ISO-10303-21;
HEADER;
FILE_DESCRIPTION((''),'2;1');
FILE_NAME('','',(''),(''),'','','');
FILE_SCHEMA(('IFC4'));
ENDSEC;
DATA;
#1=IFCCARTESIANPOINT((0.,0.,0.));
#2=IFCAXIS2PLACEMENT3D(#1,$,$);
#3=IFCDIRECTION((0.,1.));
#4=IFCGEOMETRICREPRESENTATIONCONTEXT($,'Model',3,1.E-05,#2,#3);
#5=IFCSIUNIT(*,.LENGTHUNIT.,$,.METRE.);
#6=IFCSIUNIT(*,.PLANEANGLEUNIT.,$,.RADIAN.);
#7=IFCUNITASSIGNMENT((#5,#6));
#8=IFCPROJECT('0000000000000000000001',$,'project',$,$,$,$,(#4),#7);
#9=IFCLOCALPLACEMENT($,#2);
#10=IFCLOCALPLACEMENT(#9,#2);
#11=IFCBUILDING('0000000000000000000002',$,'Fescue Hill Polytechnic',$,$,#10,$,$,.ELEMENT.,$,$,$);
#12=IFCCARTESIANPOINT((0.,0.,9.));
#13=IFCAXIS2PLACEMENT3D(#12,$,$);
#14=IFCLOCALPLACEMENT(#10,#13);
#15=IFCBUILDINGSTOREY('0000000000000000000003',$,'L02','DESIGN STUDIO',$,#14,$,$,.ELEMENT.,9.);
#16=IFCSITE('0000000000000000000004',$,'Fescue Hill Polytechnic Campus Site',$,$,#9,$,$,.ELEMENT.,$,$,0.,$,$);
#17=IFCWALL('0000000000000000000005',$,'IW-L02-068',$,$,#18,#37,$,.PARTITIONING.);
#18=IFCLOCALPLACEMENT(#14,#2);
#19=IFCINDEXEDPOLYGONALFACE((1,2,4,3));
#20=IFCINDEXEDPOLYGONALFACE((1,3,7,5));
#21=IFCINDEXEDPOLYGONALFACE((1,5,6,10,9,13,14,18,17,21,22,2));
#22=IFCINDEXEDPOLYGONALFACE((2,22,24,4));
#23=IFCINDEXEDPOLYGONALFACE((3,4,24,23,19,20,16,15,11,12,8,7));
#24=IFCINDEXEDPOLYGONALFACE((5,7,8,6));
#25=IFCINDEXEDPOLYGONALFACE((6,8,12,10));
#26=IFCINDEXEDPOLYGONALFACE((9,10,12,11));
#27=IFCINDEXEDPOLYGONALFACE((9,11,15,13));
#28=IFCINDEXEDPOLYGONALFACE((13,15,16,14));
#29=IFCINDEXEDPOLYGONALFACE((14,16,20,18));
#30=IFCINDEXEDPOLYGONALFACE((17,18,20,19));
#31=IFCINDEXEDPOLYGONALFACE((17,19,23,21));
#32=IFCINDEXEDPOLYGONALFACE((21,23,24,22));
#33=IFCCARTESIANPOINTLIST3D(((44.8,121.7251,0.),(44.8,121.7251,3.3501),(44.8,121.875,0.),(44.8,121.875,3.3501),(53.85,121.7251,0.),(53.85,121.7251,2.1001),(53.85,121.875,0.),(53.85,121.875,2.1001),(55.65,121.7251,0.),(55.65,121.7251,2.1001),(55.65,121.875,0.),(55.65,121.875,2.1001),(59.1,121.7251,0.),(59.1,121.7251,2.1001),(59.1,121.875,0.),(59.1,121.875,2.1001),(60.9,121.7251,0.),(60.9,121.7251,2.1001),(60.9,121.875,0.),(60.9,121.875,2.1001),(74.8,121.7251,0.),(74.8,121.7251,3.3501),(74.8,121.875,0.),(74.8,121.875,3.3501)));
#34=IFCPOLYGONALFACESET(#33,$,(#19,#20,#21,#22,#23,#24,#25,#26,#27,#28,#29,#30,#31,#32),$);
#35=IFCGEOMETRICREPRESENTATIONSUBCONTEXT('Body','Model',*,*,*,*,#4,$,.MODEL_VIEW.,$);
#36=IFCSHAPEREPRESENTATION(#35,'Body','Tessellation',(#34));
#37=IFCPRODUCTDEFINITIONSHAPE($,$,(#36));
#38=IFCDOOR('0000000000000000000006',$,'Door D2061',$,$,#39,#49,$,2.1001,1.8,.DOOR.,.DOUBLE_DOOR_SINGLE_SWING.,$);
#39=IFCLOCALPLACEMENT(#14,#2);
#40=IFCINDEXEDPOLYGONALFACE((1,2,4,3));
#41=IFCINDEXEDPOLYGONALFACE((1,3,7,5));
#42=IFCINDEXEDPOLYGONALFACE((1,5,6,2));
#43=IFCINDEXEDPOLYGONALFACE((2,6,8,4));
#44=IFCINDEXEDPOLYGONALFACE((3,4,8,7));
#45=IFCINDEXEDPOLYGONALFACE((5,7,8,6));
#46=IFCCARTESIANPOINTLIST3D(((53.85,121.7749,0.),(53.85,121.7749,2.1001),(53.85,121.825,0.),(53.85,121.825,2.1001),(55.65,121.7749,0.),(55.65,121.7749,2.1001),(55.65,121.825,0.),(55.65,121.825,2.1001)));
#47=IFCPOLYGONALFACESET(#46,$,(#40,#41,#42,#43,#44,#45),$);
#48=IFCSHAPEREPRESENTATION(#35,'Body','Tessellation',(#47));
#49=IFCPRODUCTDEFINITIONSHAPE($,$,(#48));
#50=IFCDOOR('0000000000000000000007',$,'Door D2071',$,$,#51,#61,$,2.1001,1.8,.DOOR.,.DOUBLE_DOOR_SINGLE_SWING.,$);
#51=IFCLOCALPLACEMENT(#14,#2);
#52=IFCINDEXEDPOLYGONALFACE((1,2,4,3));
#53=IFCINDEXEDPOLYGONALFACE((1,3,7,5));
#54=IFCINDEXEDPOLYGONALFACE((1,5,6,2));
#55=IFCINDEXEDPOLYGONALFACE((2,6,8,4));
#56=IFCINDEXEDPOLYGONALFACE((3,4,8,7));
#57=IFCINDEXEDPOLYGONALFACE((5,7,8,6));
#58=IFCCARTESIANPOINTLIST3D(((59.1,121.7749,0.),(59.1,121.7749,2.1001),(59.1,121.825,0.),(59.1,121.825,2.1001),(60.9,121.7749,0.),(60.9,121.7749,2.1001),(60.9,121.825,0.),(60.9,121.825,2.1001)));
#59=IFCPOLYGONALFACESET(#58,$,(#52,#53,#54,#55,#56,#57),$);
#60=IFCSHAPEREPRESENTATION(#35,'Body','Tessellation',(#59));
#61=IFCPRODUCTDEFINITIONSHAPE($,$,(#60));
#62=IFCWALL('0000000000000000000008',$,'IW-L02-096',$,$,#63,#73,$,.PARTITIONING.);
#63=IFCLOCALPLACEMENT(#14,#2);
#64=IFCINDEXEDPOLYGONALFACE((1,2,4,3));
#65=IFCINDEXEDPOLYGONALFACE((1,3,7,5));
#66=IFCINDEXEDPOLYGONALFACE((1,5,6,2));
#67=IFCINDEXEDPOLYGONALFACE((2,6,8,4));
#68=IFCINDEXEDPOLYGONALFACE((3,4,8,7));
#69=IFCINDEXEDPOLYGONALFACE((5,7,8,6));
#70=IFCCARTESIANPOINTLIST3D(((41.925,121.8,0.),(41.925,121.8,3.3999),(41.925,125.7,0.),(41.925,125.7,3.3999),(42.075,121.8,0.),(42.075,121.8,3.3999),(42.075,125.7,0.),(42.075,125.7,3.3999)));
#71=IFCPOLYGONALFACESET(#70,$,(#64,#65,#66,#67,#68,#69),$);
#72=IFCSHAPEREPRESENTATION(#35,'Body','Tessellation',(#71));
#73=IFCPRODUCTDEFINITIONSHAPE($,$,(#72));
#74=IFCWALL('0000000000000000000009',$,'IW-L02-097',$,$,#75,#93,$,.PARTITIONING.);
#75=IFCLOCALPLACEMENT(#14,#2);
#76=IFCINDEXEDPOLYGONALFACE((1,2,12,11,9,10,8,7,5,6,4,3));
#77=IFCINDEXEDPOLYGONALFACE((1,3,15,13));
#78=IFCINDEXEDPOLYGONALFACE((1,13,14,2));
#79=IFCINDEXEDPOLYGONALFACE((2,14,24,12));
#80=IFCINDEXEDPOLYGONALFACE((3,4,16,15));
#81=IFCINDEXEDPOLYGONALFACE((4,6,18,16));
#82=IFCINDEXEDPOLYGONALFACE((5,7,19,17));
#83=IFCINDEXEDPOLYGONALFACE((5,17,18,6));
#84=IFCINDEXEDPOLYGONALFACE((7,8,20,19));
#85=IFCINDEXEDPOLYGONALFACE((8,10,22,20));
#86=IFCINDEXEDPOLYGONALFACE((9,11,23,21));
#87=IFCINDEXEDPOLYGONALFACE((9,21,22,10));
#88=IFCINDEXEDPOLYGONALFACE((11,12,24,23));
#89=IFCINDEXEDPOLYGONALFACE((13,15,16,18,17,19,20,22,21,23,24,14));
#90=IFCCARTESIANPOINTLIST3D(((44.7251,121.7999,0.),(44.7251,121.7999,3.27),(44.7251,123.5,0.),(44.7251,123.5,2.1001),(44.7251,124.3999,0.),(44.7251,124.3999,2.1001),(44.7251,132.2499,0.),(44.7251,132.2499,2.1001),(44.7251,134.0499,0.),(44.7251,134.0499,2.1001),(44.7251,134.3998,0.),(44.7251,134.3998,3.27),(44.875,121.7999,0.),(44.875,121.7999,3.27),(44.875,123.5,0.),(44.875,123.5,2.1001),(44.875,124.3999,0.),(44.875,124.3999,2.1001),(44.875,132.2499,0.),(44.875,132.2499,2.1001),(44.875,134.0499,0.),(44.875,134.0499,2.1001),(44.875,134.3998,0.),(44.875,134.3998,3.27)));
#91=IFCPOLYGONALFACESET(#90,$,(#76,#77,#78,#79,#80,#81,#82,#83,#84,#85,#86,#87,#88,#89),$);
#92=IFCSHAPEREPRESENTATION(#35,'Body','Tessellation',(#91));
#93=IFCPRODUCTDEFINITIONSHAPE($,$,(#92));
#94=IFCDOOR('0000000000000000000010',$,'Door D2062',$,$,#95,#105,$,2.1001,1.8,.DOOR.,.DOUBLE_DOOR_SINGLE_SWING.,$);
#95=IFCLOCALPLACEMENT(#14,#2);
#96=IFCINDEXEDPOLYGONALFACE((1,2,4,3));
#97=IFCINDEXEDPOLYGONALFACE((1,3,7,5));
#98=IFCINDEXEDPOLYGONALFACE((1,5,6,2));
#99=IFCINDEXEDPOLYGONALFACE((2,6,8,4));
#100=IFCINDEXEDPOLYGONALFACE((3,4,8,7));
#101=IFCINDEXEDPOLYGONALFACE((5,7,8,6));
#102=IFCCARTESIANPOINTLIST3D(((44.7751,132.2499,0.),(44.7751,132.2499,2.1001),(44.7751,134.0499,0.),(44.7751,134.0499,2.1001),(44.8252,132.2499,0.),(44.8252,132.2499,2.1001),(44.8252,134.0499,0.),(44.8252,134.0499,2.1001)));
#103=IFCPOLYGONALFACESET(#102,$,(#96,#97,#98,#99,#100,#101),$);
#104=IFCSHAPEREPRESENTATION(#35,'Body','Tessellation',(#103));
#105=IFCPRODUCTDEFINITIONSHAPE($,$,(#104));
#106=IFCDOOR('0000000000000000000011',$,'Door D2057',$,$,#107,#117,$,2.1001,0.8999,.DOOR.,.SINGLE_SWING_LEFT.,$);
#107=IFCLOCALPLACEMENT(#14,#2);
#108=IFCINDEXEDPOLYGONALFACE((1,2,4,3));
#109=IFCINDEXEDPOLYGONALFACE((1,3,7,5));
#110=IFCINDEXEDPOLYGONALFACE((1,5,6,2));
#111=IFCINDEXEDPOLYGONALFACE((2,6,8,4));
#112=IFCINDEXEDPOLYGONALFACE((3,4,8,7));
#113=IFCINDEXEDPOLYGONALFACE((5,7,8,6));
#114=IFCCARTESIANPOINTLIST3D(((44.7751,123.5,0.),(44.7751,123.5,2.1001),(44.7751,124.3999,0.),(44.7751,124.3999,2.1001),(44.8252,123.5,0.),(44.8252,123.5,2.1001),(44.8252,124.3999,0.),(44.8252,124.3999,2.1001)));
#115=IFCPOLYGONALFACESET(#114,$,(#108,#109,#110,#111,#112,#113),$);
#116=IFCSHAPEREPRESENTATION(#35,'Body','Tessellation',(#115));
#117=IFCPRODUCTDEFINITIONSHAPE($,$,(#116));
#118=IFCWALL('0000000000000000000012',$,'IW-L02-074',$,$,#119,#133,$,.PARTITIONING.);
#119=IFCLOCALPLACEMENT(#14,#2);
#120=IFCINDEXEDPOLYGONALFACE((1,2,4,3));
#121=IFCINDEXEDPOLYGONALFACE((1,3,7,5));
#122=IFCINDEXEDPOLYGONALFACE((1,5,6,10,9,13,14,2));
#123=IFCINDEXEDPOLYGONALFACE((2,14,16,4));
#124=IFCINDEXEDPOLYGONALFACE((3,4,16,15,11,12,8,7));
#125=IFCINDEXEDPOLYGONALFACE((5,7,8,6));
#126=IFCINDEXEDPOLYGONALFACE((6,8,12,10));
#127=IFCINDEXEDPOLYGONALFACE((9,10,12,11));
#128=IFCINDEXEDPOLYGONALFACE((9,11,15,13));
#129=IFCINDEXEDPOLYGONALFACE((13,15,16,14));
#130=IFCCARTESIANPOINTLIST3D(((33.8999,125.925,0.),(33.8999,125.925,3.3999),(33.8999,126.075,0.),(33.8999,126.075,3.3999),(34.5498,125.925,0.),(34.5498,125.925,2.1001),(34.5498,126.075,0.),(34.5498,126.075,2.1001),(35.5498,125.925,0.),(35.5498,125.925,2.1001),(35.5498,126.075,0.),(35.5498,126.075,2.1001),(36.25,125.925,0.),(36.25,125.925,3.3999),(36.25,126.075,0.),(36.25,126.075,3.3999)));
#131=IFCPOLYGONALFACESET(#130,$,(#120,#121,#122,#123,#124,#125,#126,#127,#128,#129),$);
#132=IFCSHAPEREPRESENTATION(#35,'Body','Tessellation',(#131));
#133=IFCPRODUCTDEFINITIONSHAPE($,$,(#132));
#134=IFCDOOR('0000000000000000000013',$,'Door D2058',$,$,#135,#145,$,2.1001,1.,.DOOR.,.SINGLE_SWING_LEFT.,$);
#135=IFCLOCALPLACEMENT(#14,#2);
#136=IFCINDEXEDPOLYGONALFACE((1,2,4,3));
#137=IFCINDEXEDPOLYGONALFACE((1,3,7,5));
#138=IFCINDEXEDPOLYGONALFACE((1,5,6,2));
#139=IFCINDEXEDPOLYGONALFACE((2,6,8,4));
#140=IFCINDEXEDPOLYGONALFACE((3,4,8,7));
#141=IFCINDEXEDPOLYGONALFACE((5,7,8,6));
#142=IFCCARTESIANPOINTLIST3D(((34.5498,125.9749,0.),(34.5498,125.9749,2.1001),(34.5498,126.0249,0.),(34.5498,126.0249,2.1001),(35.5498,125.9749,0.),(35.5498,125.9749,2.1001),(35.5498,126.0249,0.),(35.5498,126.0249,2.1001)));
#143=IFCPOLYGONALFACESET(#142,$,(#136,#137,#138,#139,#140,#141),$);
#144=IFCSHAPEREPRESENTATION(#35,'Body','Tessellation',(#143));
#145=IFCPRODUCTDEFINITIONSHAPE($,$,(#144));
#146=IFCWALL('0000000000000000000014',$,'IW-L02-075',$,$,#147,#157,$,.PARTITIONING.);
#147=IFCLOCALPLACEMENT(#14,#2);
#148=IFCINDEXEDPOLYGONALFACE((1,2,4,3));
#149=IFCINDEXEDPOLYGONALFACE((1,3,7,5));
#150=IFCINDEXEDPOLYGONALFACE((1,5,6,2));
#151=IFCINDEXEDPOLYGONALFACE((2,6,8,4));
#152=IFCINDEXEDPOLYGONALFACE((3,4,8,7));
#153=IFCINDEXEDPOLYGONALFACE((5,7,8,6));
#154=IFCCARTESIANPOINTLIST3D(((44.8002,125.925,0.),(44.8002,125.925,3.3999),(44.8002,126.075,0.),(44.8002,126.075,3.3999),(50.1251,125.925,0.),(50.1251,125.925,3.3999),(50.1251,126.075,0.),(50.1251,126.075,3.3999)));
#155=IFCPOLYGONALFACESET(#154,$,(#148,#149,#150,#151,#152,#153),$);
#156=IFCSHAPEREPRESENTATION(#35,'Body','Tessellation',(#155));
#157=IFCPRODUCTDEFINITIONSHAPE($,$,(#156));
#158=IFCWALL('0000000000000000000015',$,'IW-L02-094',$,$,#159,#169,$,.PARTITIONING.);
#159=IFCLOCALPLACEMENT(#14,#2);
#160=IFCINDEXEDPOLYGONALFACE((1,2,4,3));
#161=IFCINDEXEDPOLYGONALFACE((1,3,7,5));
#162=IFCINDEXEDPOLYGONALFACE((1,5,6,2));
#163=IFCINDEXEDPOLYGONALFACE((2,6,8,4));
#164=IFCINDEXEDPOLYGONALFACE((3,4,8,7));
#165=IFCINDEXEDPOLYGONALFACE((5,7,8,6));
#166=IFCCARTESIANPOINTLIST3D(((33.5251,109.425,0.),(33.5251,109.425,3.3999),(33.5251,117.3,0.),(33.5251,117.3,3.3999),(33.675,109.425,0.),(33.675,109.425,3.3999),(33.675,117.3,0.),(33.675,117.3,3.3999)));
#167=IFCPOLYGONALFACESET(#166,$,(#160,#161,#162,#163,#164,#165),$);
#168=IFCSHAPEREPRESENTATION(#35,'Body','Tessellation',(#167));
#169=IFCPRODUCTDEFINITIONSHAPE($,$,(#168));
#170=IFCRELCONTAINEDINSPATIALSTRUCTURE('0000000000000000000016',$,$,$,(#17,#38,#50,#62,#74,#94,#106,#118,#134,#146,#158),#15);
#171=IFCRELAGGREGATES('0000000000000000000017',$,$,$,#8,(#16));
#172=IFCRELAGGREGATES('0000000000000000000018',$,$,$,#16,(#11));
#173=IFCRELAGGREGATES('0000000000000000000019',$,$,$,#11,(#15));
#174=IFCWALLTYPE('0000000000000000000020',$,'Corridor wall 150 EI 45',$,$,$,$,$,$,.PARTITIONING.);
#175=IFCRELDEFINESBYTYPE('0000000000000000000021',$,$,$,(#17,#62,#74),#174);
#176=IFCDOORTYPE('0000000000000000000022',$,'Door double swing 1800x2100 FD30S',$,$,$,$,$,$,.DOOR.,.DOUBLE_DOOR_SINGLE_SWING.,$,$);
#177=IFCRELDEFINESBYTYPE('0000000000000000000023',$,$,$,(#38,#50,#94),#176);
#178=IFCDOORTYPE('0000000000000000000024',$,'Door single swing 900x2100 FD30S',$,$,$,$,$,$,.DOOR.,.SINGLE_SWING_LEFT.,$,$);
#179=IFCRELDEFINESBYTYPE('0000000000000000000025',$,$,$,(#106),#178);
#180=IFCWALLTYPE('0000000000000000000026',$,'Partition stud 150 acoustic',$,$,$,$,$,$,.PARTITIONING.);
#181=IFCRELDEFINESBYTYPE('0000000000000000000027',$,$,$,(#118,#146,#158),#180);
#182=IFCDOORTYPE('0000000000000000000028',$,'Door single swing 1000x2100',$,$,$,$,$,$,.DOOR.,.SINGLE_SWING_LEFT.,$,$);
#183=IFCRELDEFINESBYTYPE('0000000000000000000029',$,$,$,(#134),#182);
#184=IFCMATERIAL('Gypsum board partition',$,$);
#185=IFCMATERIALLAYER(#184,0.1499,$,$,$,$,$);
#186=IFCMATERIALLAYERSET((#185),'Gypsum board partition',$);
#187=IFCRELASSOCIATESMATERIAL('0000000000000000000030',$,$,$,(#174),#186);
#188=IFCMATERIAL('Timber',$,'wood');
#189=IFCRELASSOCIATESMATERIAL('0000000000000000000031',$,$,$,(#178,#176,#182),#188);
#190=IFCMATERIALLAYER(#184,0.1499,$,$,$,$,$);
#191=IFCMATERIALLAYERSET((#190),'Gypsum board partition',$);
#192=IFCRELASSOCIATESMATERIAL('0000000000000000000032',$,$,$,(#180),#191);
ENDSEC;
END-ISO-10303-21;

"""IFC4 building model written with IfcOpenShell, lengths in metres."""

from ifc_helpers import new_model, si_unit, direction, frame, frame_2d, origin, place, context, subcontext, project, spatial, rectangle, extrude, material, layer, layer_set, type_object, element, fill, save


model = new_model("IFC4")

# Units and contexts
model_context = context("Model", 3, precision=1e-05, world=origin(), true_north=direction((0.0, 1.0)))
body_context = subcontext(model_context, "Body", "Model", "MODEL_VIEW")
ifc_project = project(units=[si_unit("LENGTHUNIT", "METRE"), si_unit("PLANEANGLEUNIT", "RADIAN")], contexts=[model_context])

# Site, building, storey
site_placement = place(None, origin())
site = spatial("IfcSite", under=ifc_project, at=site_placement, Name="Fescue Hill Polytechnic Campus Site", CompositionType="ELEMENT", RefElevation=0.0)
building_placement = place(site_placement, origin())
building = spatial("IfcBuilding", under=site, at=building_placement, Name="Fescue Hill Polytechnic", CompositionType="ELEMENT")
storey_placement = place(building_placement, frame((0.0, 0.0, 9.0)))
storey = spatial("IfcBuildingStorey", under=building, at=storey_placement, Name="L02", Description="DESIGN STUDIO", CompositionType="ELEMENT", Elevation=9.0)

# Shared definitions
ifc_material_1 = material(Name="Gypsum board partition")
ifc_layer_1 = layer(ifc_material_1, 0.1499)
ifc_layer_set_1 = layer_set([ifc_layer_1], Name="Gypsum board partition")
wall_type_1 = type_object("IfcWallType", Name="Corridor wall 150 EI 45", PredefinedType="PARTITIONING", material=ifc_layer_set_1)
ifc_material_2 = material(Name="Timber", Category="wood")
door_type_1 = type_object("IfcDoorType", Name="Door single swing 900x2100 FD30S", OperationType="SINGLE_SWING_LEFT", PredefinedType="DOOR", material=ifc_material_2)

# Wall, openings, doors
wall_1_placement = place(storey_placement, frame((44.8, 121.8, 0.0), z_axis=(0.0, 0.0, 1.0), x_axis=(1.0, 0.0, 0.0)))
wall_1 = element("IfcWall", 1, at=wall_1_placement, inside=storey, type_object=wall_type_1, Name="IW-L02-068", PredefinedType="PARTITIONING", context=body_context, shape_type="SweptSolid", body=[
    extrude(rectangle(XDim=30.0, YDim=0.1499, at=frame_2d((15.0, 0.0))), origin(), (0.0, 0.0, 1.0), 3.3501),
])
opening_1_placement = place(wall_1_placement, frame((9.05, 0.0, 0.0)))
opening_1 = element("IfcOpeningElement", 2, at=opening_1_placement, cuts=wall_1, PredefinedType="OPENING", context=body_context, shape_type="SweptSolid", body=[
    extrude(rectangle(XDim=1.8, YDim=2.1001, at=frame_2d((0.8999, 1.05))), frame((0.0, 0.085, 0.0), z_axis=(0.0, -1.0, 0.0), x_axis=(1.0, 0.0, 0.0)), (0.0, 0.0, 1.0), 0.1699),
])
opening_2_placement = place(wall_1_placement, frame((14.3, 0.0, 0.0)))
opening_2 = element("IfcOpeningElement", 3, at=opening_2_placement, cuts=wall_1, PredefinedType="OPENING", context=body_context, shape_type="SweptSolid", body=[
    extrude(rectangle(XDim=1.8, YDim=2.1001, at=frame_2d((0.8999, 1.05))), frame((0.0, 0.085, 0.0), z_axis=(0.0, -1.0, 0.0), x_axis=(1.0, 0.0, 0.0)), (0.0, 0.0, 1.0), 0.1699),
])
door_type_2 = type_object("IfcDoorType", Name="Door double swing 1800x2100 FD30S", OperationType="DOUBLE_DOOR_SINGLE_SWING", PredefinedType="DOOR", material=ifc_material_2)
door_1_placement = place(opening_1_placement, origin())
door_1 = element("IfcDoor", 4, at=door_1_placement, inside=storey, type_object=door_type_2, Name="Door D2061", OperationType="DOUBLE_DOOR_SINGLE_SWING", OverallHeight=2.1001, OverallWidth=1.8, PredefinedType="DOOR", context=body_context, shape_type="SweptSolid", body=[
    extrude(rectangle(XDim=1.8, YDim=2.1001, at=frame_2d((0.8999, 1.05))), frame((0.0, 0.0249, 0.0), z_axis=(0.0, -1.0, 0.0), x_axis=(1.0, 0.0, 0.0)), (0.0, 0.0, 1.0), 0.05),
])
fill(opening_1, door_1)
door_2_placement = place(opening_2_placement, origin())
door_2 = element("IfcDoor", 5, at=door_2_placement, inside=storey, type_object=door_type_2, Name="Door D2071", OperationType="DOUBLE_DOOR_SINGLE_SWING", OverallHeight=2.1001, OverallWidth=1.8, PredefinedType="DOOR", context=body_context, shape_type="SweptSolid", body=[
    extrude(rectangle(XDim=1.8, YDim=2.1001, at=frame_2d((0.8999, 1.05))), frame((0.0, 0.0249, 0.0), z_axis=(0.0, -1.0, 0.0), x_axis=(1.0, 0.0, 0.0)), (0.0, 0.0, 1.0), 0.05),
])
fill(opening_2, door_2)

# Wall
wall_2_placement = place(storey_placement, frame((42.0, 121.8, 0.0), z_axis=(0.0, 0.0, 1.0), x_axis=(0.0, 1.0, 0.0)))
element("IfcWall", 6, at=wall_2_placement, inside=storey, type_object=wall_type_1, Name="IW-L02-096", PredefinedType="PARTITIONING", context=body_context, shape_type="SweptSolid", body=[
    extrude(rectangle(XDim=3.8999, YDim=0.1499, at=frame_2d((1.95, 0.0))), origin(), (0.0, 0.0, 1.0), 3.3999),
])

# Wall, openings, doors
wall_3_placement = place(storey_placement, frame((44.8, 121.8, 0.0), z_axis=(0.0, 0.0, 1.0), x_axis=(0.0, 1.0, 0.0)))
wall_3 = element("IfcWall", 7, at=wall_3_placement, inside=storey, type_object=wall_type_1, Name="IW-L02-097", PredefinedType="PARTITIONING", context=body_context, shape_type="SweptSolid", body=[
    extrude(rectangle(XDim=12.5999, YDim=0.1499, at=frame_2d((6.2998, 0.0))), origin(), (0.0, 0.0, 1.0), 3.27),
])
opening_3_placement = place(wall_3_placement, frame((1.7, 0.0, 0.0)))
opening_3 = element("IfcOpeningElement", 8, at=opening_3_placement, cuts=wall_3, PredefinedType="OPENING", context=body_context, shape_type="SweptSolid", body=[
    extrude(rectangle(XDim=0.8999, YDim=2.1001, at=frame_2d((0.45, 1.05))), frame((0.0, 0.085, 0.0), z_axis=(0.0, -1.0, 0.0), x_axis=(1.0, 0.0, 0.0)), (0.0, 0.0, 1.0), 0.1699),
])
opening_4_placement = place(wall_3_placement, frame((10.45, 0.0, 0.0)))
opening_4 = element("IfcOpeningElement", 9, at=opening_4_placement, cuts=wall_3, PredefinedType="OPENING", context=body_context, shape_type="SweptSolid", body=[
    extrude(rectangle(XDim=1.8, YDim=2.1001, at=frame_2d((0.8999, 1.05))), frame((0.0, 0.085, 0.0), z_axis=(0.0, -1.0, 0.0), x_axis=(1.0, 0.0, 0.0)), (0.0, 0.0, 1.0), 0.1699),
])
door_3_placement = place(opening_4_placement, origin())
door_3 = element("IfcDoor", 10, at=door_3_placement, inside=storey, type_object=door_type_2, Name="Door D2062", OperationType="DOUBLE_DOOR_SINGLE_SWING", OverallHeight=2.1001, OverallWidth=1.8, PredefinedType="DOOR", context=body_context, shape_type="SweptSolid", body=[
    extrude(rectangle(XDim=1.8, YDim=2.1001, at=frame_2d((0.8999, 1.05))), frame((0.0, 0.0249, 0.0), z_axis=(0.0, -1.0, 0.0), x_axis=(1.0, 0.0, 0.0)), (0.0, 0.0, 1.0), 0.05),
])
fill(opening_4, door_3)
door_4_placement = place(opening_3_placement, origin())
door_4 = element("IfcDoor", 11, at=door_4_placement, inside=storey, type_object=door_type_1, Name="Door D2057", OperationType="SINGLE_SWING_LEFT", OverallHeight=2.1001, OverallWidth=0.8999, PredefinedType="DOOR", context=body_context, shape_type="SweptSolid", body=[
    extrude(rectangle(XDim=0.8999, YDim=2.1001, at=frame_2d((0.45, 1.05))), frame((0.0, 0.0249, 0.0), z_axis=(0.0, -1.0, 0.0), x_axis=(1.0, 0.0, 0.0)), (0.0, 0.0, 1.0), 0.05),
])
fill(opening_3, door_4)

# Wall, opening, door
ifc_layer_2 = layer(ifc_material_1, 0.1499)
ifc_layer_set_2 = layer_set([ifc_layer_2], Name="Gypsum board partition")
wall_type_2 = type_object("IfcWallType", Name="Partition stud 150 acoustic", PredefinedType="PARTITIONING", material=ifc_layer_set_2)
wall_4_placement = place(storey_placement, frame((33.8999, 126.0, 0.0), z_axis=(0.0, 0.0, 1.0), x_axis=(1.0, 0.0, 0.0)))
wall_4 = element("IfcWall", 12, at=wall_4_placement, inside=storey, type_object=wall_type_2, Name="IW-L02-074", PredefinedType="PARTITIONING", context=body_context, shape_type="SweptSolid", body=[
    extrude(rectangle(XDim=2.3501, YDim=0.1499, at=frame_2d((1.175, 0.0))), origin(), (0.0, 0.0, 1.0), 3.3999),
])
opening_5_placement = place(wall_4_placement, frame((0.6499, 0.0, 0.0)))
opening_5 = element("IfcOpeningElement", 13, at=opening_5_placement, cuts=wall_4, PredefinedType="OPENING", context=body_context, shape_type="SweptSolid", body=[
    extrude(rectangle(XDim=1.0, YDim=2.1001, at=frame_2d((0.5, 1.05))), frame((0.0, 0.085, 0.0), z_axis=(0.0, -1.0, 0.0), x_axis=(1.0, 0.0, 0.0)), (0.0, 0.0, 1.0), 0.1699),
])
door_type_3 = type_object("IfcDoorType", Name="Door single swing 1000x2100", OperationType="SINGLE_SWING_LEFT", PredefinedType="DOOR", material=ifc_material_2)
door_5_placement = place(opening_5_placement, origin())
door_5 = element("IfcDoor", 14, at=door_5_placement, inside=storey, type_object=door_type_3, Name="Door D2058", OperationType="SINGLE_SWING_LEFT", OverallHeight=2.1001, OverallWidth=1.0, PredefinedType="DOOR", context=body_context, shape_type="SweptSolid", body=[
    extrude(rectangle(XDim=1.0, YDim=2.1001, at=frame_2d((0.5, 1.05))), frame((0.0, 0.0249, 0.0), z_axis=(0.0, -1.0, 0.0), x_axis=(1.0, 0.0, 0.0)), (0.0, 0.0, 1.0), 0.05),
])
fill(opening_5, door_5)

# Walls
wall_5_placement = place(storey_placement, frame((44.8, 126.0, 0.0), z_axis=(0.0, 0.0, 1.0), x_axis=(1.0, 0.0, 0.0)))
element("IfcWall", 15, at=wall_5_placement, inside=storey, type_object=wall_type_2, Name="IW-L02-075", PredefinedType="PARTITIONING", context=body_context, shape_type="SweptSolid", body=[
    extrude(rectangle(XDim=5.325, YDim=0.1499, at=frame_2d((2.6626, 0.0))), origin(), (0.0, 0.0, 1.0), 3.3999),
])
wall_6_placement = place(storey_placement, frame((33.6001, 109.425, 0.0), z_axis=(0.0, 0.0, 1.0), x_axis=(0.0, 1.0, 0.0)))
element("IfcWall", 16, at=wall_6_placement, inside=storey, type_object=wall_type_2, Name="IW-L02-094", PredefinedType="PARTITIONING", context=body_context, shape_type="SweptSolid", body=[
    extrude(rectangle(XDim=7.875, YDim=0.1499, at=frame_2d((3.9375, 0.0))), origin(), (0.0, 0.0, 1.0), 3.3999),
])

save(model, "model.ifc")
